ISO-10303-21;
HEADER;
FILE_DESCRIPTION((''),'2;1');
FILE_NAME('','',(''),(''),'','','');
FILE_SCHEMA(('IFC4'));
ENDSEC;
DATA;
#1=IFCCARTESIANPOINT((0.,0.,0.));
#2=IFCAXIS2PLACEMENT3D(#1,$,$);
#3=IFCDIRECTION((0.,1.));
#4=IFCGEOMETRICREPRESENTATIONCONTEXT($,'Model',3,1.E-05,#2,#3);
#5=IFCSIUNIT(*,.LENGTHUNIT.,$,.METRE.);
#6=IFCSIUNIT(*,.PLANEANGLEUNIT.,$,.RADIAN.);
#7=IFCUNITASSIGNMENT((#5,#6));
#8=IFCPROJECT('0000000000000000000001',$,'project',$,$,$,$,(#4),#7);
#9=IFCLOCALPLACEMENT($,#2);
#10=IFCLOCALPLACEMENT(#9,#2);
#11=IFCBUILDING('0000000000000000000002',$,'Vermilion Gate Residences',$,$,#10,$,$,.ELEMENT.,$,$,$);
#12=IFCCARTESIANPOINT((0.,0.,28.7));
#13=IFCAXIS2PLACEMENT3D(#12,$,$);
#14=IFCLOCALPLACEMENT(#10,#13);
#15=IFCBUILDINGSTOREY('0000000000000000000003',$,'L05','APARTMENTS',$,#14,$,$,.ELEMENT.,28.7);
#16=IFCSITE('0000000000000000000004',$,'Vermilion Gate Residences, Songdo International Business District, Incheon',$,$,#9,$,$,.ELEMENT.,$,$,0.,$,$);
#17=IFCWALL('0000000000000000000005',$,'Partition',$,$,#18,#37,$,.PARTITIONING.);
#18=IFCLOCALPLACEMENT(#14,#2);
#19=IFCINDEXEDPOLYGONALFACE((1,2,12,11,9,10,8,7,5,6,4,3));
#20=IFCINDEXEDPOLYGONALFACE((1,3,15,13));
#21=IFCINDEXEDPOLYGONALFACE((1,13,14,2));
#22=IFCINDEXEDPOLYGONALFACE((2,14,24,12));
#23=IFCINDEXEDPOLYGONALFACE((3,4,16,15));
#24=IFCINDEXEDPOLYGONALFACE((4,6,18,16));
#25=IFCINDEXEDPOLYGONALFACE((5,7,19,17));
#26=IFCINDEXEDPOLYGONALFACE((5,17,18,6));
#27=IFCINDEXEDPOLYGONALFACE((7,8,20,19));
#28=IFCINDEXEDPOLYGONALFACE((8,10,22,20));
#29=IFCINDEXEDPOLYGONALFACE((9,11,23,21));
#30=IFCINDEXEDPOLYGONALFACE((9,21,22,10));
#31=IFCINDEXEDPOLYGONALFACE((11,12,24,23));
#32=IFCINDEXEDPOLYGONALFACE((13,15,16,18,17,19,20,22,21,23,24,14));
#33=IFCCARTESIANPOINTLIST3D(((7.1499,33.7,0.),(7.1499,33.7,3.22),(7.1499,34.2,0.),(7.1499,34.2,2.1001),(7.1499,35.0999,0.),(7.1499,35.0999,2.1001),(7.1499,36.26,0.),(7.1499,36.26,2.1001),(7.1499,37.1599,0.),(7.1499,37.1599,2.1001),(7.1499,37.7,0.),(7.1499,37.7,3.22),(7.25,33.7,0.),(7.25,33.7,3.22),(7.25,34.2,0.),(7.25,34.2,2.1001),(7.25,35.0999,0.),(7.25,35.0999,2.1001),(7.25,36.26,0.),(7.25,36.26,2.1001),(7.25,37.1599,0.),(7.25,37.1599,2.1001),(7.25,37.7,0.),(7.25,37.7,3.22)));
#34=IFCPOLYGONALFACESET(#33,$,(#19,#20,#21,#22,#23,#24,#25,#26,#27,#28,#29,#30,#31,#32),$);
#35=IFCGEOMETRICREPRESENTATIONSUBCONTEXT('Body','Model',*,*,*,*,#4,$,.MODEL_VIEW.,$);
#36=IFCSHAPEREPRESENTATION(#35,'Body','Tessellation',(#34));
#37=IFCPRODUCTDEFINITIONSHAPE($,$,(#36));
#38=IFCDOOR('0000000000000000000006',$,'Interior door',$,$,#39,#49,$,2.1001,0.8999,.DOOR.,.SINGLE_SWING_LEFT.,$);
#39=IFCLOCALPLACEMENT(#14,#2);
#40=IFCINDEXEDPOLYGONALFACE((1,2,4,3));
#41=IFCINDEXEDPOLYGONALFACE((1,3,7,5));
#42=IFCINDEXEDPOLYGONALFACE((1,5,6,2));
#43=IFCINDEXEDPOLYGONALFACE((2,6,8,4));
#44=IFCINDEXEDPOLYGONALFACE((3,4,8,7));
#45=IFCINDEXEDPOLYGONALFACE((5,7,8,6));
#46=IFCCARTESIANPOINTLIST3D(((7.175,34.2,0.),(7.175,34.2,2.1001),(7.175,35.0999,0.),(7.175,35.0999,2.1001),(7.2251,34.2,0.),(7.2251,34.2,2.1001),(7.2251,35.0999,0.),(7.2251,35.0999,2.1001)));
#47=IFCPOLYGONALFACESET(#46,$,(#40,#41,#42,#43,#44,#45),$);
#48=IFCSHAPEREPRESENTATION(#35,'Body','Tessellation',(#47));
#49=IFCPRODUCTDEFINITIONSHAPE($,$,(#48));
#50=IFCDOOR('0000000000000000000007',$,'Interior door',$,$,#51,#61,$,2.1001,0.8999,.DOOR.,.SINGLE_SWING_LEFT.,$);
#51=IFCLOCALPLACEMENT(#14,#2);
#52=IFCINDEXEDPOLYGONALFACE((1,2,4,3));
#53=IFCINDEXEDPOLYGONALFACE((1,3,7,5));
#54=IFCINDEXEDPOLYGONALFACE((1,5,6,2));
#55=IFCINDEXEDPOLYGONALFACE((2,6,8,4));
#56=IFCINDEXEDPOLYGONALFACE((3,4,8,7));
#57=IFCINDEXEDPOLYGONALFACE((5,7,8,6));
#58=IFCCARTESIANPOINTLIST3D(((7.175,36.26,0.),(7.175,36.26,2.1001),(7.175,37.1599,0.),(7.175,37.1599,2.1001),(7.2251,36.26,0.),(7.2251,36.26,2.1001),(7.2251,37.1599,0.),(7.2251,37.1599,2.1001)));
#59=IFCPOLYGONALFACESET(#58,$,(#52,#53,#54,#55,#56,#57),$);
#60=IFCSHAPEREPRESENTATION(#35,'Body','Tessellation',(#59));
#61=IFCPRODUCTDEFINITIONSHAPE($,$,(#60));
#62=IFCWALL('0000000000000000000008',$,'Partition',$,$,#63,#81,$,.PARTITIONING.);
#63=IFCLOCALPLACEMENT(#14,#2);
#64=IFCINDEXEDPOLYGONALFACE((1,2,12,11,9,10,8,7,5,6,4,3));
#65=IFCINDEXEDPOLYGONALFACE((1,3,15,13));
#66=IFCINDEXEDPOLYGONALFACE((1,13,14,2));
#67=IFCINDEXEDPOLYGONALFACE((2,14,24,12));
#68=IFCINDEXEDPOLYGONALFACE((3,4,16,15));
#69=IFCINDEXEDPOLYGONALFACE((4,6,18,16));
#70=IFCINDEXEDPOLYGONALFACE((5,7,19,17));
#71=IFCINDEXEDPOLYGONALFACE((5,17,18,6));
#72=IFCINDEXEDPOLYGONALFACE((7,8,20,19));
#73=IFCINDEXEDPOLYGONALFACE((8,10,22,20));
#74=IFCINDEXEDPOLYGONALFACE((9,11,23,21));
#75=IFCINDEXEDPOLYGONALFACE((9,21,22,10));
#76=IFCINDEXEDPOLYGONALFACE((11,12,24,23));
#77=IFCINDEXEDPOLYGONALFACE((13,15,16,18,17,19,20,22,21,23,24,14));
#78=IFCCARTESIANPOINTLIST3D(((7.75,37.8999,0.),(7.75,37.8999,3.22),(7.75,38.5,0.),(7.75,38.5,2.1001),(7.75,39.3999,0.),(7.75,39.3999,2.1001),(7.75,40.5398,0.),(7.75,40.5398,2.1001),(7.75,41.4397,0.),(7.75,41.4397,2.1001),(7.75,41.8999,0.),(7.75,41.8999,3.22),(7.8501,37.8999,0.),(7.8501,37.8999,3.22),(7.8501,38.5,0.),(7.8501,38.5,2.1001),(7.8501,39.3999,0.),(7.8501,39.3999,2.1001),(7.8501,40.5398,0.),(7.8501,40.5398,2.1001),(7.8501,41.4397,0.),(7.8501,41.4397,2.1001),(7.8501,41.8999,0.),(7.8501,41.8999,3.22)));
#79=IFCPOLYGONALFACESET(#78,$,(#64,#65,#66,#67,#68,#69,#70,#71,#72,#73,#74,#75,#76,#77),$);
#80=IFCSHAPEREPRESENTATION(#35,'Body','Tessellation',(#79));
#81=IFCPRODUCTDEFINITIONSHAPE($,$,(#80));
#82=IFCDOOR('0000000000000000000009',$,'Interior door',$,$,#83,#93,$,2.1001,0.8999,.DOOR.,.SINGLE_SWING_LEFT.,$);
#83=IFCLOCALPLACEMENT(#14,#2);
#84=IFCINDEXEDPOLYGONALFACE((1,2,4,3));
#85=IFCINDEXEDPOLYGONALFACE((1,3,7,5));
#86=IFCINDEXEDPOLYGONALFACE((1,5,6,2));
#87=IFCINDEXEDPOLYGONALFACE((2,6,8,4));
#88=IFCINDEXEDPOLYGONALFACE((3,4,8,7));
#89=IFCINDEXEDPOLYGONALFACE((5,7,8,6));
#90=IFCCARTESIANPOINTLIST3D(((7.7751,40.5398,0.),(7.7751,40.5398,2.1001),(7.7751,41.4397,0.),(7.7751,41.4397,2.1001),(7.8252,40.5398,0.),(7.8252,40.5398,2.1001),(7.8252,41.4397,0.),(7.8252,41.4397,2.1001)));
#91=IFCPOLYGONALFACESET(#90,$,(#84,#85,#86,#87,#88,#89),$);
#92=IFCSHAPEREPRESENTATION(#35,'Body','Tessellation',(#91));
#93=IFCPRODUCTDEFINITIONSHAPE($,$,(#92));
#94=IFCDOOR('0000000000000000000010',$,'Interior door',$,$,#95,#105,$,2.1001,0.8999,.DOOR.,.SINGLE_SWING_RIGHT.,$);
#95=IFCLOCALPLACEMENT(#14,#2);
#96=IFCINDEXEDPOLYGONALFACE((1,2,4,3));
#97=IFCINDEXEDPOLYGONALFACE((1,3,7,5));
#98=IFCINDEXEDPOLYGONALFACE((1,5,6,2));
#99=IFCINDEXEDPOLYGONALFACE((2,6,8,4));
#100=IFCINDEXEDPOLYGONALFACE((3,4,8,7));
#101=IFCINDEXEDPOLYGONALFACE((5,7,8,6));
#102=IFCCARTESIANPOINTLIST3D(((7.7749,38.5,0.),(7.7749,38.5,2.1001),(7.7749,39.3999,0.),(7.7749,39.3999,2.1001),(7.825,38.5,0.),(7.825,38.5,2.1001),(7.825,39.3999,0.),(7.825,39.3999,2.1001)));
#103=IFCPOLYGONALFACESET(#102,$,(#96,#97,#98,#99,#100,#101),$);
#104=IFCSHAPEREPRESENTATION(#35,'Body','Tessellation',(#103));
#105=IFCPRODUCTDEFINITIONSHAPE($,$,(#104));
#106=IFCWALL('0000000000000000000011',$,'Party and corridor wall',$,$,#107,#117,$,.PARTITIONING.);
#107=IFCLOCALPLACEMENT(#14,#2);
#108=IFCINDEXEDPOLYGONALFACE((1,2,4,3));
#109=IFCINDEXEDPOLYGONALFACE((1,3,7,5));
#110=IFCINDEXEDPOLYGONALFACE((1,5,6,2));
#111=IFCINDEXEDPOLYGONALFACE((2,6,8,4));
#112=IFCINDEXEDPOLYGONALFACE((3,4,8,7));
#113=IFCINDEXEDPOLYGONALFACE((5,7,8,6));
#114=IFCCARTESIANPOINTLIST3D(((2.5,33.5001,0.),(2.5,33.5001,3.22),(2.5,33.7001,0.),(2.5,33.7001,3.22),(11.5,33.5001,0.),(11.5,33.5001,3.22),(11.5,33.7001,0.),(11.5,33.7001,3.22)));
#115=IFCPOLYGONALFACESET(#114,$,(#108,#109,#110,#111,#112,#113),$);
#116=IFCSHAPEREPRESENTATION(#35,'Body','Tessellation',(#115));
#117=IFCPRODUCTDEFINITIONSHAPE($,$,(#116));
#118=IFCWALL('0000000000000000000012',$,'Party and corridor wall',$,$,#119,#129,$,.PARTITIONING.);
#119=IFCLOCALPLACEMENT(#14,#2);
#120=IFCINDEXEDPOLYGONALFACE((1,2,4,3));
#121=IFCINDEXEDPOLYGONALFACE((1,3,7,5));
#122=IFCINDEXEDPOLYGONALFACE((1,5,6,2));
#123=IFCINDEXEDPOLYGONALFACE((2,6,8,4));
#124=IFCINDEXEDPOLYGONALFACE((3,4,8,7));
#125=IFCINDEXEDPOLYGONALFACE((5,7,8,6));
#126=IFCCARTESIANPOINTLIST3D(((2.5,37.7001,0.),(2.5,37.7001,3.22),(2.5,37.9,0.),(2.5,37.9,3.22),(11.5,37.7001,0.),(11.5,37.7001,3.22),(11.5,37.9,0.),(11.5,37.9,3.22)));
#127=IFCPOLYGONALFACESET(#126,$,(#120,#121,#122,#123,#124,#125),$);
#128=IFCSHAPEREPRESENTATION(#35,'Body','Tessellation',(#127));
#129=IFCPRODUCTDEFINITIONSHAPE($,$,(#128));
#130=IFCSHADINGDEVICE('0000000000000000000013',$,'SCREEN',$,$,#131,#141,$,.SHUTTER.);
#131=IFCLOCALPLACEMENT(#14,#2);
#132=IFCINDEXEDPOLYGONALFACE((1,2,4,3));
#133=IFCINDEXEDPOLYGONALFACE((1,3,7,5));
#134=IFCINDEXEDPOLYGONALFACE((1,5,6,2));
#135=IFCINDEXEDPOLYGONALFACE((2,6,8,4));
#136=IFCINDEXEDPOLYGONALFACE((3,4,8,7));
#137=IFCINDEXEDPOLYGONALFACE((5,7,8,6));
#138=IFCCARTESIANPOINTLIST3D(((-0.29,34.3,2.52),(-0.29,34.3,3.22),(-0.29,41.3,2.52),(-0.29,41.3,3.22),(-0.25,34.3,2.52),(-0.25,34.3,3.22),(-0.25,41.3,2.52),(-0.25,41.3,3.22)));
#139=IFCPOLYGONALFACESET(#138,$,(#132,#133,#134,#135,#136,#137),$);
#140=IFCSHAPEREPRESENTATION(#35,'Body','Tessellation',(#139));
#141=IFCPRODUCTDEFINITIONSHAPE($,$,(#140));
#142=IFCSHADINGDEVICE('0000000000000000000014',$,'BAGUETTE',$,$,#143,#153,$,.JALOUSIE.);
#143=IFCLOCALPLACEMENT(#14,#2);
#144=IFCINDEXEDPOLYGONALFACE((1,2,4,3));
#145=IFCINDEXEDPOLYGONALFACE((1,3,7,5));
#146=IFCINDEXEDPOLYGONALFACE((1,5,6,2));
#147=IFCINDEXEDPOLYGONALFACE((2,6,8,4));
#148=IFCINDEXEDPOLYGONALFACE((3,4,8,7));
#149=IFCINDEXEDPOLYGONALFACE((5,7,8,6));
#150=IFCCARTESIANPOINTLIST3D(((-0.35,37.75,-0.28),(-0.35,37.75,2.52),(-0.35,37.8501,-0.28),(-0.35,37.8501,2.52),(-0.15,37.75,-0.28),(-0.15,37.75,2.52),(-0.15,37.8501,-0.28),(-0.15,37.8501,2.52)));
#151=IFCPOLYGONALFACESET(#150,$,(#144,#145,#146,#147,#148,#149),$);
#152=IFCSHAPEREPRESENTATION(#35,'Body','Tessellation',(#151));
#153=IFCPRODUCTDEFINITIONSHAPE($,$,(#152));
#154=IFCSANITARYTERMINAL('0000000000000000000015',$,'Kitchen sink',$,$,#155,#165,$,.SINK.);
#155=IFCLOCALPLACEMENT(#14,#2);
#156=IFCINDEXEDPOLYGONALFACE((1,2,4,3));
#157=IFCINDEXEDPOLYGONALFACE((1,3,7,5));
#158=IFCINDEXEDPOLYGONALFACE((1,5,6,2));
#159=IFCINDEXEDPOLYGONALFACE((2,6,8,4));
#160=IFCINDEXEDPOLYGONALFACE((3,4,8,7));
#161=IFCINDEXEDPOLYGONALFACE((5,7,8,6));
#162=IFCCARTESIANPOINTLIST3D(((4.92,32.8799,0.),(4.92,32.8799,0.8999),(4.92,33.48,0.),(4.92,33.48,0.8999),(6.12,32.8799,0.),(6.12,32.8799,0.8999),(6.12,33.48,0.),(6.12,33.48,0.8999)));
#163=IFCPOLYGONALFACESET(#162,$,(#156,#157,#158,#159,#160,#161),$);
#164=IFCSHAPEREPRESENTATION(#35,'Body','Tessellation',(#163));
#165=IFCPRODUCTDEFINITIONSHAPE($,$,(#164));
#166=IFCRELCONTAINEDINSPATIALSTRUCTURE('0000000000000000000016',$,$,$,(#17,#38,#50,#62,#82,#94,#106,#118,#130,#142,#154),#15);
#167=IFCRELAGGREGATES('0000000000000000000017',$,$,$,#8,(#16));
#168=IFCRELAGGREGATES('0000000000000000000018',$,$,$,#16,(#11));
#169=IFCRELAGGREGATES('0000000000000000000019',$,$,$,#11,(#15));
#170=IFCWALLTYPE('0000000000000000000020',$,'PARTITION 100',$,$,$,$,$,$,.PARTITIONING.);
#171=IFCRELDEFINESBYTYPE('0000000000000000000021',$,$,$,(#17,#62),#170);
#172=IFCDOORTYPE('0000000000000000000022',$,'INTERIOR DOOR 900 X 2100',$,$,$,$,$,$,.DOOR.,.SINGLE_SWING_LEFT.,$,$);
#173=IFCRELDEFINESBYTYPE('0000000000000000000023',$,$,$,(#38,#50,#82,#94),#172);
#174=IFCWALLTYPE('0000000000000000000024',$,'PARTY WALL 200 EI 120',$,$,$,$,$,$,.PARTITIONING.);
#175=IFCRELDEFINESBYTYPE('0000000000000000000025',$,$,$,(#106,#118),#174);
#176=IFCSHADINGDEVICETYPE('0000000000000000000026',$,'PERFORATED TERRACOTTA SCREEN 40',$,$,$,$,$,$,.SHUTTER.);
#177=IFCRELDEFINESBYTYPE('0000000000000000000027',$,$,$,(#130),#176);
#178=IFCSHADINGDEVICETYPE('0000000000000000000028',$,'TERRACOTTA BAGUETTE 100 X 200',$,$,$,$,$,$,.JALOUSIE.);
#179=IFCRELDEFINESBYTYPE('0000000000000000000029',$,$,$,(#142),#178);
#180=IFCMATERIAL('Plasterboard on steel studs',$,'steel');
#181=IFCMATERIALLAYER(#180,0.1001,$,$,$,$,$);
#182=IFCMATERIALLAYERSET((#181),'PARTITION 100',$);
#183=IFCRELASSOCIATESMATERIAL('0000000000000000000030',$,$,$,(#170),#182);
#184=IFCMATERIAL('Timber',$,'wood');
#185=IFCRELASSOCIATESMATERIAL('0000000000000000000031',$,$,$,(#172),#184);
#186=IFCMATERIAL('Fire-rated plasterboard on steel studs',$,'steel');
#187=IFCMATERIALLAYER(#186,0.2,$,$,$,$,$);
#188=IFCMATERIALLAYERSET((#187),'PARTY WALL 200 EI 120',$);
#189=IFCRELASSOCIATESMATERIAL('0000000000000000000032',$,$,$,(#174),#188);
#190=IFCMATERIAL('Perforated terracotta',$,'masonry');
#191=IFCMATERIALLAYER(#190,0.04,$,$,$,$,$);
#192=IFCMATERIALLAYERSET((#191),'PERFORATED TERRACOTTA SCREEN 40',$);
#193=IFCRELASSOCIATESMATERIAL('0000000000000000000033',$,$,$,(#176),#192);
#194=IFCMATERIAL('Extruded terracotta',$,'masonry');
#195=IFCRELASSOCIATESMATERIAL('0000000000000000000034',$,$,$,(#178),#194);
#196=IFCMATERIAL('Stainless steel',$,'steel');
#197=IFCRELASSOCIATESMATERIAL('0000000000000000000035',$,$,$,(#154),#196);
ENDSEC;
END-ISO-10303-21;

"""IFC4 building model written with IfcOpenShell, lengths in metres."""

from ifc_helpers import new_model, si_unit, direction, frame, frame_2d, origin, origin_2d, place, context, subcontext, project, spatial, rectangle, extrude, material, layer, layer_set, material_profile, profile_set, type_object, element, fill, save


model = new_model("IFC4")

# Units and contexts
model_context = context("Model", 3, precision=1e-05, world=origin(), true_north=direction((0.0, 1.0)))
body_context = subcontext(model_context, "Body", "Model", "MODEL_VIEW")
ifc_project = project(units=[si_unit("LENGTHUNIT", "METRE"), si_unit("PLANEANGLEUNIT", "RADIAN")], contexts=[model_context])

# Site, building, storey
site_placement = place(None, origin())
site = spatial("IfcSite", under=ifc_project, at=site_placement, Name="Vermilion Gate Residences, Songdo International Business District, Incheon", CompositionType="ELEMENT", RefElevation=0.0)
building_placement = place(site_placement, origin())
building = spatial("IfcBuilding", under=site, at=building_placement, Name="Vermilion Gate Residences", CompositionType="ELEMENT")
storey_placement = place(building_placement, frame((0.0, 0.0, 28.7)))
storey = spatial("IfcBuildingStorey", under=building, at=storey_placement, Name="L05", Description="APARTMENTS", CompositionType="ELEMENT", Elevation=28.7)

# Shared definitions
ifc_material_1 = material(Name="Plasterboard on steel studs", Category="steel")
ifc_layer_1 = layer(ifc_material_1, 0.1001)
ifc_layer_set_1 = layer_set([ifc_layer_1], Name="PARTITION 100")
wall_type_1 = type_object("IfcWallType", Name="PARTITION 100", PredefinedType="PARTITIONING", material=ifc_layer_set_1)

# Shared definitions
ifc_material_2 = material(Name="Timber", Category="wood")
door_type = type_object("IfcDoorType", Name="INTERIOR DOOR 900 X 2100", OperationType="SINGLE_SWING_LEFT", PredefinedType="DOOR", material=ifc_material_2)

# Walls, openings, doors
wall_1_placement = place(storey_placement, frame((7.2, 33.7, 0.0), z_axis=(0.0, 0.0, 1.0), x_axis=(0.0, 1.0, 0.0)))
wall_1 = element("IfcWall", 1, at=wall_1_placement, inside=storey, type_object=wall_type_1, Name="Partition", PredefinedType="PARTITIONING", context=body_context, shape_type="SweptSolid", body=[
    extrude(rectangle(XDim=4.0, YDim=0.1001, at=frame_2d((2.0, 0.0))), origin(), (0.0, 0.0, 1.0), 3.22),
])
opening_1_placement = place(wall_1_placement, frame((0.5, 0.0, 0.0)))
opening_1 = element("IfcOpeningElement", 2, at=opening_1_placement, cuts=wall_1, PredefinedType="OPENING", context=body_context, shape_type="SweptSolid", body=[
    extrude(rectangle(XDim=0.8999, YDim=2.1001, at=frame_2d((0.45, 1.05))), frame((0.0, 0.0601, 0.0), z_axis=(0.0, -1.0, 0.0), x_axis=(1.0, 0.0, 0.0)), (0.0, 0.0, 1.0), 0.1201),
])
opening_2_placement = place(wall_1_placement, frame((2.5601, 0.0, 0.0)))
opening_2 = element("IfcOpeningElement", 3, at=opening_2_placement, cuts=wall_1, PredefinedType="OPENING", context=body_context, shape_type="SweptSolid", body=[
    extrude(rectangle(XDim=0.8999, YDim=2.1001, at=frame_2d((0.45, 1.05))), frame((0.0, 0.0601, 0.0), z_axis=(0.0, -1.0, 0.0), x_axis=(1.0, 0.0, 0.0)), (0.0, 0.0, 1.0), 0.1201),
])
door_1_placement = place(opening_1_placement, origin())
door_1 = element("IfcDoor", 4, at=door_1_placement, inside=storey, type_object=door_type, Name="Interior door", OperationType="SINGLE_SWING_LEFT", OverallHeight=2.1001, OverallWidth=0.8999, PredefinedType="DOOR", context=body_context, shape_type="SweptSolid", body=[
    extrude(rectangle(XDim=0.8999, YDim=2.1001, at=frame_2d((0.45, 1.05))), frame((0.0, 0.0249, 0.0), z_axis=(0.0, -1.0, 0.0), x_axis=(1.0, 0.0, 0.0)), (0.0, 0.0, 1.0), 0.05),
])
fill(opening_1, door_1)
door_2_placement = place(opening_2_placement, origin())
door_2 = element("IfcDoor", 5, at=door_2_placement, inside=storey, type_object=door_type, Name="Interior door", OperationType="SINGLE_SWING_LEFT", OverallHeight=2.1001, OverallWidth=0.8999, PredefinedType="DOOR", context=body_context, shape_type="SweptSolid", body=[
    extrude(rectangle(XDim=0.8999, YDim=2.1001, at=frame_2d((0.45, 1.05))), frame((0.0, 0.0249, 0.0), z_axis=(0.0, -1.0, 0.0), x_axis=(1.0, 0.0, 0.0)), (0.0, 0.0, 1.0), 0.05),
])
fill(opening_2, door_2)
wall_2_placement = place(storey_placement, frame((7.8, 37.8999, 0.0), z_axis=(0.0, 0.0, 1.0), x_axis=(0.0, 1.0, 0.0)))
wall_2 = element("IfcWall", 6, at=wall_2_placement, inside=storey, type_object=wall_type_1, Name="Partition", PredefinedType="PARTITIONING", context=body_context, shape_type="SweptSolid", body=[
    extrude(rectangle(XDim=4.0, YDim=0.1001, at=frame_2d((2.0, 0.0))), origin(), (0.0, 0.0, 1.0), 3.22),
])
opening_3_placement = place(wall_2_placement, frame((2.6399, 0.0, 0.0)))
opening_3 = element("IfcOpeningElement", 7, at=opening_3_placement, cuts=wall_2, PredefinedType="OPENING", context=body_context, shape_type="SweptSolid", body=[
    extrude(rectangle(XDim=0.8999, YDim=2.1001, at=frame_2d((0.45, 1.05))), frame((0.0, 0.0601, 0.0), z_axis=(0.0, -1.0, 0.0), x_axis=(1.0, 0.0, 0.0)), (0.0, 0.0, 1.0), 0.1201),
])
opening_4_placement = place(wall_2_placement, frame((0.6001, 0.0, 0.0)))
opening_4 = element("IfcOpeningElement", 8, at=opening_4_placement, cuts=wall_2, PredefinedType="OPENING", context=body_context, shape_type="SweptSolid", body=[
    extrude(rectangle(XDim=0.8999, YDim=2.1001, at=frame_2d((0.45, 1.05))), frame((0.0, 0.0601, 0.0), z_axis=(0.0, -1.0, 0.0), x_axis=(1.0, 0.0, 0.0)), (0.0, 0.0, 1.0), 0.1201),
])
door_3_placement = place(opening_3_placement, origin())
door_3 = element("IfcDoor", 9, at=door_3_placement, inside=storey, type_object=door_type, Name="Interior door", OperationType="SINGLE_SWING_LEFT", OverallHeight=2.1001, OverallWidth=0.8999, PredefinedType="DOOR", context=body_context, shape_type="SweptSolid", body=[
    extrude(rectangle(XDim=0.8999, YDim=2.1001, at=frame_2d((0.45, 1.05))), frame((0.0, 0.0249, 0.0), z_axis=(0.0, -1.0, 0.0), x_axis=(1.0, 0.0, 0.0)), (0.0, 0.0, 1.0), 0.05),
])
fill(opening_3, door_3)
door_4_placement = place(opening_4_placement, frame((0.8999, 0.0, 0.0), z_axis=(0.0, 0.0, 1.0), x_axis=(-1.0, 0.0, 0.0)))
door_4 = element("IfcDoor", 10, at=door_4_placement, inside=storey, type_object=door_type, Name="Interior door", OperationType="SINGLE_SWING_RIGHT", OverallHeight=2.1001, OverallWidth=0.8999, PredefinedType="DOOR", context=body_context, shape_type="SweptSolid", body=[
    extrude(rectangle(XDim=0.8999, YDim=2.1001, at=frame_2d((0.45, 1.05))), frame((0.0, 0.0249, 0.0), z_axis=(0.0, -1.0, 0.0), x_axis=(1.0, 0.0, 0.0)), (0.0, 0.0, 1.0), 0.05),
])
fill(opening_4, door_4)

# Walls
ifc_material_3 = material(Name="Fire-rated plasterboard on steel studs", Category="steel")
ifc_layer_2 = layer(ifc_material_3, 0.2)
ifc_layer_set_2 = layer_set([ifc_layer_2], Name="PARTY WALL 200 EI 120")
wall_type_2 = type_object("IfcWallType", Name="PARTY WALL 200 EI 120", PredefinedType="PARTITIONING", material=ifc_layer_set_2)
for number, where, z_axis, x_axis, name in (
    (11, (2.5, 33.6001, 0.0), (0.0, 0.0, 1.0), (1.0, 0.0, 0.0), "Party and corridor wall"),
    (12, (2.5, 37.8, 0.0), (0.0, 0.0, 1.0), (1.0, 0.0, 0.0), "Party and corridor wall"),
):
    element("IfcWall", number, at=place(storey_placement, frame(where, z_axis=z_axis, x_axis=x_axis)), inside=storey, type_object=wall_type_2, Name=name, PredefinedType="PARTITIONING", context=body_context, shape_type="SweptSolid", body=[
        extrude(rectangle(XDim=9.0, YDim=0.2, at=frame_2d((4.5, 0.0))), origin(), (0.0, 0.0, 1.0), 3.22),
    ])

# Shading devices
ifc_material_4 = material(Name="Perforated terracotta", Category="masonry")
ifc_layer_3 = layer(ifc_material_4, 0.04)
ifc_layer_set_3 = layer_set([ifc_layer_3], Name="PERFORATED TERRACOTTA SCREEN 40")
shading_device_type_1 = type_object("IfcShadingDeviceType", Name="PERFORATED TERRACOTTA SCREEN 40", PredefinedType="SHUTTER", material=ifc_layer_set_3)
shading_device_1_placement = place(storey_placement, frame((-0.27, 37.8, 2.52), z_axis=(0.0, 0.0, 1.0), x_axis=(0.0, -1.0, 0.0)))
element("IfcShadingDevice", 13, at=shading_device_1_placement, inside=storey, type_object=shading_device_type_1, Name="SCREEN", PredefinedType="SHUTTER", context=body_context, shape_type="SweptSolid", body=[
    extrude(rectangle(XDim=7.0, YDim=0.04, at=origin_2d()), origin(), (0.0, 0.0, 1.0), 0.7),
])
ifc_material_5 = material(Name="Extruded terracotta", Category="masonry")
ifc_material_profile_1 = material_profile(ifc_material_5, rectangle(XDim=0.2, YDim=0.1001, at=origin_2d()), Name="BAGUETTE 100 X 200")
ifc_profile_set_1 = profile_set([ifc_material_profile_1], Name="Extruded terracotta")
shading_device_type_2 = type_object("IfcShadingDeviceType", Name="TERRACOTTA BAGUETTE 100 X 200", PredefinedType="JALOUSIE", material=ifc_profile_set_1)
shading_device_2_placement = place(storey_placement, frame((-0.25, 37.8, -0.28), z_axis=(0.0, 0.0, 1.0), x_axis=(1.0, 0.0, 0.0)))
element("IfcShadingDevice", 14, at=shading_device_2_placement, inside=storey, type_object=shading_device_type_2, Name="BAGUETTE", PredefinedType="JALOUSIE", context=body_context, shape_type="SweptSolid", body=[
    extrude(rectangle(XDim=0.2, YDim=0.1001, at=origin_2d()), origin(), (0.0, 0.0, 1.0), 2.8),
])

# Sanitary terminal
ifc_material_6 = material(Name="Stainless steel", Category="steel")
for number, where, z_axis, x_axis, name in (
    (15, (5.52, 33.1799, 0.0), (0.0, 0.0, 1.0), (1.0, 0.0, 0.0), "Kitchen sink"),
):
    element("IfcSanitaryTerminal", number, at=place(storey_placement, frame(where, z_axis=z_axis, x_axis=x_axis)), inside=storey, material=ifc_material_6, Name=name, PredefinedType="SINK", context=body_context, shape_type="SweptSolid", body=[
        extrude(rectangle(XDim=1.2, YDim=0.6001, at=origin_2d()), origin(), (0.0, 0.0, 1.0), 0.8999),
    ])

save(model, "model.ifc")
